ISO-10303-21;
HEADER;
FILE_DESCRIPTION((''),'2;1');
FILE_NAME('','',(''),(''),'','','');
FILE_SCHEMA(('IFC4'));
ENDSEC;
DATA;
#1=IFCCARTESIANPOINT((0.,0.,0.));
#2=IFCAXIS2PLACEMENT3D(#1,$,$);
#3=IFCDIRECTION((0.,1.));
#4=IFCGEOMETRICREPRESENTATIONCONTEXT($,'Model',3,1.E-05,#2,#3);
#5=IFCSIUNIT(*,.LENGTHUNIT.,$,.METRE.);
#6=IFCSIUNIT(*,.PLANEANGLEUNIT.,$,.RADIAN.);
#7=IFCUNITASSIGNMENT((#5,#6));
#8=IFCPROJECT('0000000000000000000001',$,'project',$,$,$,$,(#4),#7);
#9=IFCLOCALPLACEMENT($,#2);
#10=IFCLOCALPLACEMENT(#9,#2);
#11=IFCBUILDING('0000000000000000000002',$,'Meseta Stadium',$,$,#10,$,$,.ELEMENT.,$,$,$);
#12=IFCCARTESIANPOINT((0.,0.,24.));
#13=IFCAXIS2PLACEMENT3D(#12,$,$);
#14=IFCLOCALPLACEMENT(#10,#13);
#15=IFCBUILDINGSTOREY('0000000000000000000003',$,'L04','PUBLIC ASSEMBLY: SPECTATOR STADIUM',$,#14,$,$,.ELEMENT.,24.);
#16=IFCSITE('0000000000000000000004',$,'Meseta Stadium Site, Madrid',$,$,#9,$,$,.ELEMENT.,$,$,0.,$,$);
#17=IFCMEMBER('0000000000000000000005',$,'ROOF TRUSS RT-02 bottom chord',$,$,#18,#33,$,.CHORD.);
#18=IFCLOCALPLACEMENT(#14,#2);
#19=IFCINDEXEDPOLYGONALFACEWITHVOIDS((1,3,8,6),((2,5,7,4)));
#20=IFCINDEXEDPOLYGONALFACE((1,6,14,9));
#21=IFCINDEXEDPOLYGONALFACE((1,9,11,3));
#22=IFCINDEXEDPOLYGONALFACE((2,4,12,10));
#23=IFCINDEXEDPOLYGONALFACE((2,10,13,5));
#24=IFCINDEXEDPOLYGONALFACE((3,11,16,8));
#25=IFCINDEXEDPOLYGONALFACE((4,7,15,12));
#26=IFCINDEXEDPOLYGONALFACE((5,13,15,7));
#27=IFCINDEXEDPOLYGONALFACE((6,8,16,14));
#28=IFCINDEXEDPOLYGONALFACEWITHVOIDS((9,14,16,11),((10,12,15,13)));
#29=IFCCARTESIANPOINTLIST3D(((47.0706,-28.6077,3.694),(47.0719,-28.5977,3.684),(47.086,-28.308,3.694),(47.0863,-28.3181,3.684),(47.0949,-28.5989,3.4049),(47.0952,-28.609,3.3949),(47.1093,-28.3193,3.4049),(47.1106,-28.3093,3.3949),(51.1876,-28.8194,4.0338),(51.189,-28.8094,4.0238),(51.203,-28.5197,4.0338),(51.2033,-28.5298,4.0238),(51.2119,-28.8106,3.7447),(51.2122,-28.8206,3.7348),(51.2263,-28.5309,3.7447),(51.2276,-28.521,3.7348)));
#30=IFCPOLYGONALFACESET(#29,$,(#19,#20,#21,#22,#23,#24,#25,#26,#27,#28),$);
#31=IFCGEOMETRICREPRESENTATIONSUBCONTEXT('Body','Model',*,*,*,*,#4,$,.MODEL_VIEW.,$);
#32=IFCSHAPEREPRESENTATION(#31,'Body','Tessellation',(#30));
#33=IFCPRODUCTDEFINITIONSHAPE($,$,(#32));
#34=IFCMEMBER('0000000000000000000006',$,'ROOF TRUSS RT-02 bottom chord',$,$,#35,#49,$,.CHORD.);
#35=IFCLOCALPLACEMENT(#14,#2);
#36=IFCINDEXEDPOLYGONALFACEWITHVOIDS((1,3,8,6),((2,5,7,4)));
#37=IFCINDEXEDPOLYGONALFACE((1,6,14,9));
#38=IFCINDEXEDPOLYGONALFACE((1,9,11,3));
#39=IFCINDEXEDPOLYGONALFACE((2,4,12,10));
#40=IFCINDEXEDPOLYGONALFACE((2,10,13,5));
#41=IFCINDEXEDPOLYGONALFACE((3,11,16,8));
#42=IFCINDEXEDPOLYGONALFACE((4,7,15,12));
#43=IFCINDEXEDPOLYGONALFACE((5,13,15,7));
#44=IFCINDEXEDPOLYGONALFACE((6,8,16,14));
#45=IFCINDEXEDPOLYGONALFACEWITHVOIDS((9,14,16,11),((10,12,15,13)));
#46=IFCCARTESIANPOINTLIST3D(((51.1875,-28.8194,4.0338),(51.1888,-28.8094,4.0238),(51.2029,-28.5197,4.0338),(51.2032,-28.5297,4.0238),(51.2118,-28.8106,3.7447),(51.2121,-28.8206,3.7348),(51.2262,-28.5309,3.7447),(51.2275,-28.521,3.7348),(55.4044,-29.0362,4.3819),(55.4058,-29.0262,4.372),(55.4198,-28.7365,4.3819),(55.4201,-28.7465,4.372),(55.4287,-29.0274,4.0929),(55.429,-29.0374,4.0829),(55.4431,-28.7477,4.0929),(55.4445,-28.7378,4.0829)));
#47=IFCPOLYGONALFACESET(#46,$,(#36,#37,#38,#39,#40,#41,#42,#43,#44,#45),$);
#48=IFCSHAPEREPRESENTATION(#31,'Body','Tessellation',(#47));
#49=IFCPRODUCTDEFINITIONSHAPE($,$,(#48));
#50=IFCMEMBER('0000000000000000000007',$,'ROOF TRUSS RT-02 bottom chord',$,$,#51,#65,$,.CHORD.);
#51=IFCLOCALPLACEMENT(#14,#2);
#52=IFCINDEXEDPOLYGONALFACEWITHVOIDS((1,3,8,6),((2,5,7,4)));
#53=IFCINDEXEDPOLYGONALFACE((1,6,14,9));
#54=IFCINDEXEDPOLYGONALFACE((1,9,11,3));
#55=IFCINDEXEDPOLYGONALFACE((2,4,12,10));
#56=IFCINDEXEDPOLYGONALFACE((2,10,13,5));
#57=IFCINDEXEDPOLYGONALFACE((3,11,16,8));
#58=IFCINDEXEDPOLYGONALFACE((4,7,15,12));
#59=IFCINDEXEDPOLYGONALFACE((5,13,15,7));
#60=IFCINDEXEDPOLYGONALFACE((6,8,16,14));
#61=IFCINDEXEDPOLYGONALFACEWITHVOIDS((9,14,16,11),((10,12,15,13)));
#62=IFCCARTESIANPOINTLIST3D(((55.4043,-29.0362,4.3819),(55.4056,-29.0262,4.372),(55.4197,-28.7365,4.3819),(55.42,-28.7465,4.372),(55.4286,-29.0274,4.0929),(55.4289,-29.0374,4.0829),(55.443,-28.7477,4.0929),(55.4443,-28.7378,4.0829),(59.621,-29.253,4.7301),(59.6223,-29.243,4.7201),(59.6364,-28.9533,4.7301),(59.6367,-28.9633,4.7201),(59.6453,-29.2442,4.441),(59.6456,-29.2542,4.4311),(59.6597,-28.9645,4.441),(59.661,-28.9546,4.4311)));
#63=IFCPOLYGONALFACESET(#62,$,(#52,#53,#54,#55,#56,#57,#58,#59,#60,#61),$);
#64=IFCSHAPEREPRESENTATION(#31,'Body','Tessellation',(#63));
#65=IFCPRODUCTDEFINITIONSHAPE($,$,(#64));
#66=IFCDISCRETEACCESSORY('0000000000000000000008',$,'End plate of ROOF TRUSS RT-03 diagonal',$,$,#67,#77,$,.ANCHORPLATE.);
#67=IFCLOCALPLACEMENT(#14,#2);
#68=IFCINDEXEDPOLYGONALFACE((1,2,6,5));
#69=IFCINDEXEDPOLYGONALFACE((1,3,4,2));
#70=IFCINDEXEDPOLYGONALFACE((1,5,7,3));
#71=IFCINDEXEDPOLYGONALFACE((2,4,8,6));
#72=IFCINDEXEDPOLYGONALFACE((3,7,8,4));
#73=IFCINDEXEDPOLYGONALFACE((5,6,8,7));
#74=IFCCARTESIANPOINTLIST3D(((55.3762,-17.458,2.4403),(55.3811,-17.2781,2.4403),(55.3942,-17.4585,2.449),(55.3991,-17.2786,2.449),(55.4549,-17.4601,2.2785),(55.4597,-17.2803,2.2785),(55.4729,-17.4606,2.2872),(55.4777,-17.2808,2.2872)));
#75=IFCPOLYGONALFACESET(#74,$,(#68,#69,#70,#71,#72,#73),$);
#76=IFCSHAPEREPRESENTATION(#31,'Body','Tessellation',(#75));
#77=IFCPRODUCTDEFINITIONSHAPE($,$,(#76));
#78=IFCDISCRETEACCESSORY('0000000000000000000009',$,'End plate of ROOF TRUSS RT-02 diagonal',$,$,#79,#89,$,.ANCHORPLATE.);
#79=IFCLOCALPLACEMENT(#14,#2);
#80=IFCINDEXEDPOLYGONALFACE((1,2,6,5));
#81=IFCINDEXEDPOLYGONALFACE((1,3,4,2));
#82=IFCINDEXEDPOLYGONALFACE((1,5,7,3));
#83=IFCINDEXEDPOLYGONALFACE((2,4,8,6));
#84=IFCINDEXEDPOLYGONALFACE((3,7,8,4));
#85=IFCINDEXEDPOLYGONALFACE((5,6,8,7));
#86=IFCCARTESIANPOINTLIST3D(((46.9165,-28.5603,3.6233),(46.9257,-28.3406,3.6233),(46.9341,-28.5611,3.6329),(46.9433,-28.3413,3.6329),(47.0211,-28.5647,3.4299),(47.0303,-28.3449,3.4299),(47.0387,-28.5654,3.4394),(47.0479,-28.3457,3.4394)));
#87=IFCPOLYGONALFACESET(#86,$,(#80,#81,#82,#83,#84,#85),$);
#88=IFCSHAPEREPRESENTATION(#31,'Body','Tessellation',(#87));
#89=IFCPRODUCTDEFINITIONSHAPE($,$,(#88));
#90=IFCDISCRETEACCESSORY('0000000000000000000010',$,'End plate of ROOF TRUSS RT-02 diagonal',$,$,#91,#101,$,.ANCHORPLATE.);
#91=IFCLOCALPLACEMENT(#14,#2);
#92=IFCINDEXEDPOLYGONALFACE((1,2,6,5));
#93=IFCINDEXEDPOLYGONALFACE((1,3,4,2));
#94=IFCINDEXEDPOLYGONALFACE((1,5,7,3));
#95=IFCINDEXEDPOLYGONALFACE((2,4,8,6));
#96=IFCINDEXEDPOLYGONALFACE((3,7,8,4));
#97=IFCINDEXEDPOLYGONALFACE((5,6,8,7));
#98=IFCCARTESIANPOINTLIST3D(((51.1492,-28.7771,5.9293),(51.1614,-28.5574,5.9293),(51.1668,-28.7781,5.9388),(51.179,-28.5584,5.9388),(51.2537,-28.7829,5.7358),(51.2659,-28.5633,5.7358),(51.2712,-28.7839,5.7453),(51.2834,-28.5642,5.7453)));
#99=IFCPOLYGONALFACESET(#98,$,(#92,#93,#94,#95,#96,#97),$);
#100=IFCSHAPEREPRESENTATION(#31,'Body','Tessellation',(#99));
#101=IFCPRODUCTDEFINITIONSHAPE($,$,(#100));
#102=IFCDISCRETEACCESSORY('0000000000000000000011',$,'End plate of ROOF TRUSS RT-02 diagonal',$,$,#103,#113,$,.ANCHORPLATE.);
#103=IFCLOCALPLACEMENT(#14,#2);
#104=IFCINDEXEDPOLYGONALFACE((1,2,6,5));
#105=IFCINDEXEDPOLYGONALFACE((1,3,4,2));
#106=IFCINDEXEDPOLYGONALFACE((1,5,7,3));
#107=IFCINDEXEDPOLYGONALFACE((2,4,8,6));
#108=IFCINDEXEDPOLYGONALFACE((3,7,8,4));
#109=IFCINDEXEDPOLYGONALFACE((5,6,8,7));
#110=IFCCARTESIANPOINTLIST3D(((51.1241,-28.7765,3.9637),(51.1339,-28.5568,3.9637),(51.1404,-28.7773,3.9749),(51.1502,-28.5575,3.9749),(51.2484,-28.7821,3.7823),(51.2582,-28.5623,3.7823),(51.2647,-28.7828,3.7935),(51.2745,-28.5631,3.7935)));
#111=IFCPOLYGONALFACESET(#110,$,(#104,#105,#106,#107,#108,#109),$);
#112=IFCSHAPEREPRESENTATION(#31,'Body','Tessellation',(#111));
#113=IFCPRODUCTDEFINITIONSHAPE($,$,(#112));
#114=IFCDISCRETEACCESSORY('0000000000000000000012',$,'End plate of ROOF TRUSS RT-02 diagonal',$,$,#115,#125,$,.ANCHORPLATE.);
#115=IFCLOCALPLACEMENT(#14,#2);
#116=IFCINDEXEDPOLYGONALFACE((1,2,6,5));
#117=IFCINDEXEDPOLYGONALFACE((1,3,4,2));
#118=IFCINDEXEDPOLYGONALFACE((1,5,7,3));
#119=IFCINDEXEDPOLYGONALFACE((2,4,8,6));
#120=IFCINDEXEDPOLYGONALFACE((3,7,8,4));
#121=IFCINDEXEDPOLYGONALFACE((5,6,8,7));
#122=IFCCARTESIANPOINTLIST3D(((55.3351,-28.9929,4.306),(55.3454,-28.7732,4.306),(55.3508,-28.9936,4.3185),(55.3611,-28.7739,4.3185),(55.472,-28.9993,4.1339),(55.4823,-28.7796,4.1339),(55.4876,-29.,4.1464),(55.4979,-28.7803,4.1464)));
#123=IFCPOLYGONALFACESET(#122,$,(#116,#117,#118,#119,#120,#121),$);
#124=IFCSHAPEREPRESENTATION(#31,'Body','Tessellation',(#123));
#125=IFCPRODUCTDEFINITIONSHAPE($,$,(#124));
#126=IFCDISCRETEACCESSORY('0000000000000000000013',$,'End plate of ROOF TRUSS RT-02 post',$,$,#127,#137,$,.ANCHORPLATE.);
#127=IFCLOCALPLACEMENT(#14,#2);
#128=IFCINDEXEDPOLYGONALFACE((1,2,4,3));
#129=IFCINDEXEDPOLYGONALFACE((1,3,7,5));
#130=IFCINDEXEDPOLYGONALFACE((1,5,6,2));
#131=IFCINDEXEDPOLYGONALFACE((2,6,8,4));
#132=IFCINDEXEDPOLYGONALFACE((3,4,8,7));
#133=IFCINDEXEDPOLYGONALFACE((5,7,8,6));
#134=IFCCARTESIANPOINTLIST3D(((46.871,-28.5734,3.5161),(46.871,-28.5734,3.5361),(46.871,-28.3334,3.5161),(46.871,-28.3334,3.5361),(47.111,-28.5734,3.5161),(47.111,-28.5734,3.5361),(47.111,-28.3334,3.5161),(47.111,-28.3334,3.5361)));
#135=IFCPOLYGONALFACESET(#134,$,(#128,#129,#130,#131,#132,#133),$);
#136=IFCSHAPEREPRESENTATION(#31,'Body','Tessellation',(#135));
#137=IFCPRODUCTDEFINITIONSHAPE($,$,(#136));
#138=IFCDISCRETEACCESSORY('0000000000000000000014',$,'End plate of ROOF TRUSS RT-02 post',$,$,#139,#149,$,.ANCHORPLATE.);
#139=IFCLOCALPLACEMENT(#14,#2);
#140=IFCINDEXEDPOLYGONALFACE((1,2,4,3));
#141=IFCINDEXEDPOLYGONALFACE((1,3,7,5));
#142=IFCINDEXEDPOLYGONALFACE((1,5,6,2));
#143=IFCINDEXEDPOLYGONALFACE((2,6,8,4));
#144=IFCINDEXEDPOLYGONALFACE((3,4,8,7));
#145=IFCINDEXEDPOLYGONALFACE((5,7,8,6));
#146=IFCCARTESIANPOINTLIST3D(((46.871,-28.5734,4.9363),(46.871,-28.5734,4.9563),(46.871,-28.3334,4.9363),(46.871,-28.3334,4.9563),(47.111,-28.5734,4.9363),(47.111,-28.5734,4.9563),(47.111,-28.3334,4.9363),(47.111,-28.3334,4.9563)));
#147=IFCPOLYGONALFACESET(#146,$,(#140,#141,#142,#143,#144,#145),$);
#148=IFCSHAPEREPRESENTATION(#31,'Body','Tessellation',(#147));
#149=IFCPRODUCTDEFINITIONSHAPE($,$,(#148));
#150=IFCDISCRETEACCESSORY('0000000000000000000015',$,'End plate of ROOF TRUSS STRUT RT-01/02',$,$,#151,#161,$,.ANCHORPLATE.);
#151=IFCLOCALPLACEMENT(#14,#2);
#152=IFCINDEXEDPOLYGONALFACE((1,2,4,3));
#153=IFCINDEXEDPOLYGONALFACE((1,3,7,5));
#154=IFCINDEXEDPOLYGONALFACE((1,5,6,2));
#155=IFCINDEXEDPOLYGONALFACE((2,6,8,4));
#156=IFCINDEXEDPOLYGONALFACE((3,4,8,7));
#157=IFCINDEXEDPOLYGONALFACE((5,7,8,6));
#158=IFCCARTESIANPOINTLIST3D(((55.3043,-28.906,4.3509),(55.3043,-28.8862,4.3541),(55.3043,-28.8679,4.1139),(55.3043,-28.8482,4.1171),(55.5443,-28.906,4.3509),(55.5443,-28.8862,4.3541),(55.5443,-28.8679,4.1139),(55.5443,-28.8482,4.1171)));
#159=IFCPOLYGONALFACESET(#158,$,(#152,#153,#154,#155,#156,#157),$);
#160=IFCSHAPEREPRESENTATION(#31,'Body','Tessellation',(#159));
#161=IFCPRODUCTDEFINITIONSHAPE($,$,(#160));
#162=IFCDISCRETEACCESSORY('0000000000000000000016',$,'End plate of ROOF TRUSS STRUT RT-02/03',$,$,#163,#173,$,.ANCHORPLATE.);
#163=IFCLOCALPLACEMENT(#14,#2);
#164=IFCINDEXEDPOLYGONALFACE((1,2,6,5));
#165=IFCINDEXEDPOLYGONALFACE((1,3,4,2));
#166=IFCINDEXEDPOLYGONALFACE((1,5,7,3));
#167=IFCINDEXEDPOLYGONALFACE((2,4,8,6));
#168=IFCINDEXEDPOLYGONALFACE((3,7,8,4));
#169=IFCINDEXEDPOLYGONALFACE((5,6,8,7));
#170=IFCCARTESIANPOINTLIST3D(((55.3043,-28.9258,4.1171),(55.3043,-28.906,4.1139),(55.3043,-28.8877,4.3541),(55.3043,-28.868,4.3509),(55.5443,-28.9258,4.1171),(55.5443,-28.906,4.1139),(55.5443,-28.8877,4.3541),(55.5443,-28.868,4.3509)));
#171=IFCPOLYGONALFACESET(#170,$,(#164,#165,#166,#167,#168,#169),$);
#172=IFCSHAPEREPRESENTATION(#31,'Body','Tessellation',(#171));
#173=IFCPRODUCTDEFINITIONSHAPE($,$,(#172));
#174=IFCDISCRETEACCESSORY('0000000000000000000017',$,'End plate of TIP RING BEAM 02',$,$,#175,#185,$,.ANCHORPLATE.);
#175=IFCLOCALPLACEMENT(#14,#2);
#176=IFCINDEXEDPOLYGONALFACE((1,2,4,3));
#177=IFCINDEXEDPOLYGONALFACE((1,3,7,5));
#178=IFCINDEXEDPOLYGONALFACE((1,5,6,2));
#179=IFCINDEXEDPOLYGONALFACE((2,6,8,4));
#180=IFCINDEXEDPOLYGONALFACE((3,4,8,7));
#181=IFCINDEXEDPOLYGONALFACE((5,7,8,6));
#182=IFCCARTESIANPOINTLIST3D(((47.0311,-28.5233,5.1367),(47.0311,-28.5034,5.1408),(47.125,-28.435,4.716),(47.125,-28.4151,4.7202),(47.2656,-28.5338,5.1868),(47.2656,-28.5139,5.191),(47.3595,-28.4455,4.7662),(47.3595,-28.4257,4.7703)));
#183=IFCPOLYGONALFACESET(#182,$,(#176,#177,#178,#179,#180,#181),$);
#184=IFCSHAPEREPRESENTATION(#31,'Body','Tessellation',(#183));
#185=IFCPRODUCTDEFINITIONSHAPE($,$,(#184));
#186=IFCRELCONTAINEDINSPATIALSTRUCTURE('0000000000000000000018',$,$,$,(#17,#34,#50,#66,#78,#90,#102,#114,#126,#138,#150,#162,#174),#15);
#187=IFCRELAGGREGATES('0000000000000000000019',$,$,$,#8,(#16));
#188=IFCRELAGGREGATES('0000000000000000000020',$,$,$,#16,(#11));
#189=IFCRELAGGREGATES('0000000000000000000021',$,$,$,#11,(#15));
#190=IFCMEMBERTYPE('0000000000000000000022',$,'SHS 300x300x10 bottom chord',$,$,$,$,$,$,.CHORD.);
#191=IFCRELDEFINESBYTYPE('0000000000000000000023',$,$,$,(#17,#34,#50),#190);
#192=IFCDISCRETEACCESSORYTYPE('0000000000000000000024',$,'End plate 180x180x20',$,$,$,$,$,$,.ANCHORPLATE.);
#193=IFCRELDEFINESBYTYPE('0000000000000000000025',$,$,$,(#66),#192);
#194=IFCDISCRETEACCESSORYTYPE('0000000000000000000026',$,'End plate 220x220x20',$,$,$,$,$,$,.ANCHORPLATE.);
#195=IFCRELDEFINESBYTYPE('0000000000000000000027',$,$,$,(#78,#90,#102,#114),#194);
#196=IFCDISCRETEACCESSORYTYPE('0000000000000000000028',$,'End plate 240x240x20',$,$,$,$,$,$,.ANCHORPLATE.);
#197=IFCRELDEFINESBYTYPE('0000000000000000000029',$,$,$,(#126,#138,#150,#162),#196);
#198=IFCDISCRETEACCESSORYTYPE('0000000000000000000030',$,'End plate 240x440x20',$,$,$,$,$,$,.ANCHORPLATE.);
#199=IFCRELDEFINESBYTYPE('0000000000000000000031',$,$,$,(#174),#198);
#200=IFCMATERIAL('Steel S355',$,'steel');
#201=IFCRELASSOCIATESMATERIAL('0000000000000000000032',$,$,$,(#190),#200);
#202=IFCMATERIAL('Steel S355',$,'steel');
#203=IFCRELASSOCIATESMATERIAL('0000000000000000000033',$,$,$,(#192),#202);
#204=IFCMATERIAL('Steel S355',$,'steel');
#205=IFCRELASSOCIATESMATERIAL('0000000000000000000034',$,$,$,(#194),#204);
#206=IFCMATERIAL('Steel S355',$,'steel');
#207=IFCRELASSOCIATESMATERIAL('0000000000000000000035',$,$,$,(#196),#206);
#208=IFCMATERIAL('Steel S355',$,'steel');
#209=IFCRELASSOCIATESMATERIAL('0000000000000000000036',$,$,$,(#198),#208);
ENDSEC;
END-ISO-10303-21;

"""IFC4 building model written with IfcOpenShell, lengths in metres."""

from ifc_helpers import new_model, si_unit, direction, frame, origin, origin_2d, place, context, subcontext, project, spatial, rectangle, hollow_rectangle, extrude, material, material_profile, profile_set, type_object, element, save


model = new_model("IFC4")

# Units and contexts
model_context = context("Model", 3, precision=1e-05, world=origin(), true_north=direction((0.0, 1.0)))
body_context = subcontext(model_context, "Body", "Model", "MODEL_VIEW")
ifc_project = project(units=[si_unit("LENGTHUNIT", "METRE"), si_unit("PLANEANGLEUNIT", "RADIAN")], contexts=[model_context])

# Site, building, storey
site_placement = place(None, origin())
site = spatial("IfcSite", under=ifc_project, at=site_placement, Name="Meseta Stadium Site, Madrid", CompositionType="ELEMENT", RefElevation=0.0)
building_placement = place(site_placement, origin())
building = spatial("IfcBuilding", under=site, at=building_placement, Name="Meseta Stadium", CompositionType="ELEMENT")
storey_placement = place(building_placement, frame((0.0, 0.0, 24.0)))
storey = spatial("IfcBuildingStorey", under=building, at=storey_placement, Name="L04", Description="PUBLIC ASSEMBLY: SPECTATOR STADIUM", CompositionType="ELEMENT", Elevation=24.0)

# Members
ifc_material_1 = material(Name="Steel S355", Category="steel")
ifc_material_profile_1 = material_profile(ifc_material_1, hollow_rectangle(XDim=0.3, YDim=0.3, WallThickness=0.01, at=origin_2d()), Name="SHS 300x300x10")
ifc_profile_set_1 = profile_set([ifc_material_profile_1], Name="Steel S355")
member_type_1 = type_object("IfcMemberType", Name="SHS 300x300x10 bottom chord", PredefinedType="CHORD", material=ifc_profile_set_1)
member_1_placement = place(storey_placement, frame((47.0906, -28.4585, 3.5444), z_axis=(0.995305, -0.051173, 0.08216), x_axis=(0.051347, 0.998681, 0.0)))
element("IfcMember", 1, at=member_1_placement, inside=storey, type_object=member_type_1, Name="ROOF TRUSS RT-02 bottom chord", PredefinedType="CHORD", context=body_context, shape_type="SweptSolid", body=[
    extrude(hollow_rectangle(XDim=0.3, YDim=0.3, WallThickness=0.01, at=origin_2d()), origin(), (0.0, 0.0, 1.0), 4.1365),
])
member_2_placement = place(storey_placement, frame((51.2075, -28.6702, 3.8843), z_axis=(0.995303, -0.051171, 0.082174), x_axis=(0.051345, 0.998681, 0.0)))
element("IfcMember", 2, at=member_2_placement, inside=storey, type_object=member_type_1, Name="ROOF TRUSS RT-02 bottom chord", PredefinedType="CHORD", context=body_context, shape_type="SweptSolid", body=[
    extrude(hollow_rectangle(XDim=0.3, YDim=0.3, WallThickness=0.01, at=origin_2d()), origin(), (0.0, 0.0, 1.0), 4.2368),
])
member_3_placement = place(storey_placement, frame((55.4243, -28.887, 4.2324), z_axis=(0.995303, -0.051174, 0.082178), x_axis=(0.051348, 0.998681, 0.0)))
element("IfcMember", 3, at=member_3_placement, inside=storey, type_object=member_type_1, Name="ROOF TRUSS RT-02 bottom chord", PredefinedType="CHORD", context=body_context, shape_type="SweptSolid", body=[
    extrude(hollow_rectangle(XDim=0.3, YDim=0.3, WallThickness=0.01, at=origin_2d()), origin(), (0.0, 0.0, 1.0), 4.2366),
])

# Discrete accessories
ifc_material_2 = material(Name="Steel S355", Category="steel")
ifc_material_profile_2 = material_profile(ifc_material_2, rectangle(XDim=0.1799, YDim=0.1799, at=origin_2d()), Name="PL 180x180")
ifc_profile_set_2 = profile_set([ifc_material_profile_2], Name="Steel S355")
discrete_accessory_type_1 = type_object("IfcDiscreteAccessoryType", Name="End plate 180x180x20", PredefinedType="ANCHORPLATE", material=ifc_profile_set_2)
discrete_accessory_1_placement = place(storey_placement, frame((55.418, -17.3691, 2.3594), z_axis=(0.89897, -0.024296, 0.437337), x_axis=(0.027017, 0.999635, 0.0)))
element("IfcDiscreteAccessory", 4, at=discrete_accessory_1_placement, inside=storey, type_object=discrete_accessory_type_1, Name="End plate of ROOF TRUSS RT-03 diagonal", PredefinedType="ANCHORPLATE", context=body_context, shape_type="SweptSolid", body=[
    extrude(rectangle(XDim=0.1799, YDim=0.1799, at=origin_2d()), origin(), (0.0, 0.0, 1.0), 0.02),
])
ifc_material_3 = material(Name="Steel S355", Category="steel")
ifc_material_profile_3 = material_profile(ifc_material_3, rectangle(XDim=0.22, YDim=0.22, at=origin_2d()), Name="PL 220x220")
ifc_profile_set_3 = profile_set([ifc_material_profile_3], Name="Steel S355")
discrete_accessory_type_2 = type_object("IfcDiscreteAccessoryType", Name="End plate 220x220x20", PredefinedType="ANCHORPLATE", material=ifc_profile_set_3)
for number, where, z_axis, x_axis, name in (
    (5, (46.9734, -28.4526, 3.5266), (0.878702, -0.036613, 0.475964), (0.041631, 0.999133, 0.0), "End plate of ROOF TRUSS RT-02 diagonal"),
    (6, (51.2075, -28.6702, 5.8325), (0.878245, -0.048791, 0.475716), (0.05547, 0.99846, 0.0), "End plate of ROOF TRUSS RT-02 diagonal"),
):
    element("IfcDiscreteAccessory", number, at=place(storey_placement, frame(where, z_axis=z_axis, x_axis=x_axis)), inside=storey, type_object=discrete_accessory_type_2, Name=name, PredefinedType="ANCHORPLATE", context=body_context, shape_type="SweptSolid", body=[
        extrude(rectangle(XDim=0.22, YDim=0.22, at=origin_2d()), origin(), (0.0, 0.0, 1.0), 0.02),
    ])
discrete_accessory_2_placement = place(storey_placement, frame((51.1912, -28.6694, 3.873), z_axis=(0.82384, -0.036888, 0.565621), x_axis=(0.044731, 0.998999, 0.0)))
element("IfcDiscreteAccessory", 7, at=discrete_accessory_2_placement, inside=storey, type_object=discrete_accessory_type_2, Name="End plate of ROOF TRUSS RT-02 diagonal", PredefinedType="ANCHORPLATE", context=body_context, shape_type="SweptSolid", body=[
    extrude(rectangle(XDim=0.22, YDim=0.22, at=origin_2d()), origin(), (0.0, 0.0, 1.0), 0.0198),
])
discrete_accessory_3_placement = place(storey_placement, frame((55.4087, -28.8862, 4.22), z_axis=(0.781535, -0.036634, 0.622785), x_axis=(0.046824, 0.998903, 0.0)))
element("IfcDiscreteAccessory", 8, at=discrete_accessory_3_placement, inside=storey, type_object=discrete_accessory_type_2, Name="End plate of ROOF TRUSS RT-02 diagonal", PredefinedType="ANCHORPLATE", context=body_context, shape_type="SweptSolid", body=[
    extrude(rectangle(XDim=0.22, YDim=0.22, at=origin_2d()), origin(), (0.0, 0.0, 1.0), 0.02),
])
ifc_material_4 = material(Name="Steel S355", Category="steel")
ifc_material_profile_4 = material_profile(ifc_material_4, rectangle(XDim=0.24, YDim=0.24, at=origin_2d()), Name="PL 240x240")
ifc_profile_set_4 = profile_set([ifc_material_profile_4], Name="Steel S355")
discrete_accessory_type_3 = type_object("IfcDiscreteAccessoryType", Name="End plate 240x240x20", PredefinedType="ANCHORPLATE", material=ifc_profile_set_4)
for number, where, z_axis, x_axis, name in (
    (9, (46.991, -28.4534, 3.5161), (0.0, 0.0, 1.0), (1.0, 0.0, 0.0), "End plate of ROOF TRUSS RT-02 post"),
    (10, (46.991, -28.4534, 4.9363), (0.0, 0.0, 1.0), (1.0, 0.0, 0.0), "End plate of ROOF TRUSS RT-02 post"),
    (11, (55.4243, -28.887, 4.2324), (0.0, 0.987364, 0.158466), (-1.0, 0.0, 0.0), "End plate of ROOF TRUSS STRUT RT-01/02"),
    (12, (55.4243, -28.9067, 4.2356), (0.0, 0.987364, -0.158466), (-1.0, 0.0, 0.0), "End plate of ROOF TRUSS STRUT RT-02/03"),
):
    element("IfcDiscreteAccessory", number, at=place(storey_placement, frame(where, z_axis=z_axis, x_axis=x_axis)), inside=storey, type_object=discrete_accessory_type_3, Name=name, PredefinedType="ANCHORPLATE", context=body_context, shape_type="SweptSolid", body=[
        extrude(rectangle(XDim=0.24, YDim=0.24, at=origin_2d()), origin(), (0.0, 0.0, 1.0), 0.02),
    ])
ifc_material_5 = material(Name="Steel S355", Category="steel")
ifc_material_profile_5 = material_profile(ifc_material_5, rectangle(XDim=0.24, YDim=0.4399, at=origin_2d()), Name="PL 240x440")
ifc_profile_set_5 = profile_set([ifc_material_profile_5], Name="Steel S355")
discrete_accessory_type_4 = type_object("IfcDiscreteAccessoryType", Name="End plate 240x440x20", PredefinedType="ANCHORPLATE", material=ifc_profile_set_5)
discrete_accessory_4_placement = place(storey_placement, frame((47.1953, -28.4844, 4.9514), z_axis=(0.0, 0.978678, 0.205402), x_axis=(-0.976967, 0.04383, -0.208839)))
element("IfcDiscreteAccessory", 13, at=discrete_accessory_4_placement, inside=storey, type_object=discrete_accessory_type_4, Name="End plate of TIP RING BEAM 02", PredefinedType="ANCHORPLATE", context=body_context, shape_type="SweptSolid", body=[
    extrude(rectangle(XDim=0.24, YDim=0.4399, at=origin_2d()), origin(), (0.0, 0.0, 1.0), 0.0203),
])

save(model, "model.ifc")
